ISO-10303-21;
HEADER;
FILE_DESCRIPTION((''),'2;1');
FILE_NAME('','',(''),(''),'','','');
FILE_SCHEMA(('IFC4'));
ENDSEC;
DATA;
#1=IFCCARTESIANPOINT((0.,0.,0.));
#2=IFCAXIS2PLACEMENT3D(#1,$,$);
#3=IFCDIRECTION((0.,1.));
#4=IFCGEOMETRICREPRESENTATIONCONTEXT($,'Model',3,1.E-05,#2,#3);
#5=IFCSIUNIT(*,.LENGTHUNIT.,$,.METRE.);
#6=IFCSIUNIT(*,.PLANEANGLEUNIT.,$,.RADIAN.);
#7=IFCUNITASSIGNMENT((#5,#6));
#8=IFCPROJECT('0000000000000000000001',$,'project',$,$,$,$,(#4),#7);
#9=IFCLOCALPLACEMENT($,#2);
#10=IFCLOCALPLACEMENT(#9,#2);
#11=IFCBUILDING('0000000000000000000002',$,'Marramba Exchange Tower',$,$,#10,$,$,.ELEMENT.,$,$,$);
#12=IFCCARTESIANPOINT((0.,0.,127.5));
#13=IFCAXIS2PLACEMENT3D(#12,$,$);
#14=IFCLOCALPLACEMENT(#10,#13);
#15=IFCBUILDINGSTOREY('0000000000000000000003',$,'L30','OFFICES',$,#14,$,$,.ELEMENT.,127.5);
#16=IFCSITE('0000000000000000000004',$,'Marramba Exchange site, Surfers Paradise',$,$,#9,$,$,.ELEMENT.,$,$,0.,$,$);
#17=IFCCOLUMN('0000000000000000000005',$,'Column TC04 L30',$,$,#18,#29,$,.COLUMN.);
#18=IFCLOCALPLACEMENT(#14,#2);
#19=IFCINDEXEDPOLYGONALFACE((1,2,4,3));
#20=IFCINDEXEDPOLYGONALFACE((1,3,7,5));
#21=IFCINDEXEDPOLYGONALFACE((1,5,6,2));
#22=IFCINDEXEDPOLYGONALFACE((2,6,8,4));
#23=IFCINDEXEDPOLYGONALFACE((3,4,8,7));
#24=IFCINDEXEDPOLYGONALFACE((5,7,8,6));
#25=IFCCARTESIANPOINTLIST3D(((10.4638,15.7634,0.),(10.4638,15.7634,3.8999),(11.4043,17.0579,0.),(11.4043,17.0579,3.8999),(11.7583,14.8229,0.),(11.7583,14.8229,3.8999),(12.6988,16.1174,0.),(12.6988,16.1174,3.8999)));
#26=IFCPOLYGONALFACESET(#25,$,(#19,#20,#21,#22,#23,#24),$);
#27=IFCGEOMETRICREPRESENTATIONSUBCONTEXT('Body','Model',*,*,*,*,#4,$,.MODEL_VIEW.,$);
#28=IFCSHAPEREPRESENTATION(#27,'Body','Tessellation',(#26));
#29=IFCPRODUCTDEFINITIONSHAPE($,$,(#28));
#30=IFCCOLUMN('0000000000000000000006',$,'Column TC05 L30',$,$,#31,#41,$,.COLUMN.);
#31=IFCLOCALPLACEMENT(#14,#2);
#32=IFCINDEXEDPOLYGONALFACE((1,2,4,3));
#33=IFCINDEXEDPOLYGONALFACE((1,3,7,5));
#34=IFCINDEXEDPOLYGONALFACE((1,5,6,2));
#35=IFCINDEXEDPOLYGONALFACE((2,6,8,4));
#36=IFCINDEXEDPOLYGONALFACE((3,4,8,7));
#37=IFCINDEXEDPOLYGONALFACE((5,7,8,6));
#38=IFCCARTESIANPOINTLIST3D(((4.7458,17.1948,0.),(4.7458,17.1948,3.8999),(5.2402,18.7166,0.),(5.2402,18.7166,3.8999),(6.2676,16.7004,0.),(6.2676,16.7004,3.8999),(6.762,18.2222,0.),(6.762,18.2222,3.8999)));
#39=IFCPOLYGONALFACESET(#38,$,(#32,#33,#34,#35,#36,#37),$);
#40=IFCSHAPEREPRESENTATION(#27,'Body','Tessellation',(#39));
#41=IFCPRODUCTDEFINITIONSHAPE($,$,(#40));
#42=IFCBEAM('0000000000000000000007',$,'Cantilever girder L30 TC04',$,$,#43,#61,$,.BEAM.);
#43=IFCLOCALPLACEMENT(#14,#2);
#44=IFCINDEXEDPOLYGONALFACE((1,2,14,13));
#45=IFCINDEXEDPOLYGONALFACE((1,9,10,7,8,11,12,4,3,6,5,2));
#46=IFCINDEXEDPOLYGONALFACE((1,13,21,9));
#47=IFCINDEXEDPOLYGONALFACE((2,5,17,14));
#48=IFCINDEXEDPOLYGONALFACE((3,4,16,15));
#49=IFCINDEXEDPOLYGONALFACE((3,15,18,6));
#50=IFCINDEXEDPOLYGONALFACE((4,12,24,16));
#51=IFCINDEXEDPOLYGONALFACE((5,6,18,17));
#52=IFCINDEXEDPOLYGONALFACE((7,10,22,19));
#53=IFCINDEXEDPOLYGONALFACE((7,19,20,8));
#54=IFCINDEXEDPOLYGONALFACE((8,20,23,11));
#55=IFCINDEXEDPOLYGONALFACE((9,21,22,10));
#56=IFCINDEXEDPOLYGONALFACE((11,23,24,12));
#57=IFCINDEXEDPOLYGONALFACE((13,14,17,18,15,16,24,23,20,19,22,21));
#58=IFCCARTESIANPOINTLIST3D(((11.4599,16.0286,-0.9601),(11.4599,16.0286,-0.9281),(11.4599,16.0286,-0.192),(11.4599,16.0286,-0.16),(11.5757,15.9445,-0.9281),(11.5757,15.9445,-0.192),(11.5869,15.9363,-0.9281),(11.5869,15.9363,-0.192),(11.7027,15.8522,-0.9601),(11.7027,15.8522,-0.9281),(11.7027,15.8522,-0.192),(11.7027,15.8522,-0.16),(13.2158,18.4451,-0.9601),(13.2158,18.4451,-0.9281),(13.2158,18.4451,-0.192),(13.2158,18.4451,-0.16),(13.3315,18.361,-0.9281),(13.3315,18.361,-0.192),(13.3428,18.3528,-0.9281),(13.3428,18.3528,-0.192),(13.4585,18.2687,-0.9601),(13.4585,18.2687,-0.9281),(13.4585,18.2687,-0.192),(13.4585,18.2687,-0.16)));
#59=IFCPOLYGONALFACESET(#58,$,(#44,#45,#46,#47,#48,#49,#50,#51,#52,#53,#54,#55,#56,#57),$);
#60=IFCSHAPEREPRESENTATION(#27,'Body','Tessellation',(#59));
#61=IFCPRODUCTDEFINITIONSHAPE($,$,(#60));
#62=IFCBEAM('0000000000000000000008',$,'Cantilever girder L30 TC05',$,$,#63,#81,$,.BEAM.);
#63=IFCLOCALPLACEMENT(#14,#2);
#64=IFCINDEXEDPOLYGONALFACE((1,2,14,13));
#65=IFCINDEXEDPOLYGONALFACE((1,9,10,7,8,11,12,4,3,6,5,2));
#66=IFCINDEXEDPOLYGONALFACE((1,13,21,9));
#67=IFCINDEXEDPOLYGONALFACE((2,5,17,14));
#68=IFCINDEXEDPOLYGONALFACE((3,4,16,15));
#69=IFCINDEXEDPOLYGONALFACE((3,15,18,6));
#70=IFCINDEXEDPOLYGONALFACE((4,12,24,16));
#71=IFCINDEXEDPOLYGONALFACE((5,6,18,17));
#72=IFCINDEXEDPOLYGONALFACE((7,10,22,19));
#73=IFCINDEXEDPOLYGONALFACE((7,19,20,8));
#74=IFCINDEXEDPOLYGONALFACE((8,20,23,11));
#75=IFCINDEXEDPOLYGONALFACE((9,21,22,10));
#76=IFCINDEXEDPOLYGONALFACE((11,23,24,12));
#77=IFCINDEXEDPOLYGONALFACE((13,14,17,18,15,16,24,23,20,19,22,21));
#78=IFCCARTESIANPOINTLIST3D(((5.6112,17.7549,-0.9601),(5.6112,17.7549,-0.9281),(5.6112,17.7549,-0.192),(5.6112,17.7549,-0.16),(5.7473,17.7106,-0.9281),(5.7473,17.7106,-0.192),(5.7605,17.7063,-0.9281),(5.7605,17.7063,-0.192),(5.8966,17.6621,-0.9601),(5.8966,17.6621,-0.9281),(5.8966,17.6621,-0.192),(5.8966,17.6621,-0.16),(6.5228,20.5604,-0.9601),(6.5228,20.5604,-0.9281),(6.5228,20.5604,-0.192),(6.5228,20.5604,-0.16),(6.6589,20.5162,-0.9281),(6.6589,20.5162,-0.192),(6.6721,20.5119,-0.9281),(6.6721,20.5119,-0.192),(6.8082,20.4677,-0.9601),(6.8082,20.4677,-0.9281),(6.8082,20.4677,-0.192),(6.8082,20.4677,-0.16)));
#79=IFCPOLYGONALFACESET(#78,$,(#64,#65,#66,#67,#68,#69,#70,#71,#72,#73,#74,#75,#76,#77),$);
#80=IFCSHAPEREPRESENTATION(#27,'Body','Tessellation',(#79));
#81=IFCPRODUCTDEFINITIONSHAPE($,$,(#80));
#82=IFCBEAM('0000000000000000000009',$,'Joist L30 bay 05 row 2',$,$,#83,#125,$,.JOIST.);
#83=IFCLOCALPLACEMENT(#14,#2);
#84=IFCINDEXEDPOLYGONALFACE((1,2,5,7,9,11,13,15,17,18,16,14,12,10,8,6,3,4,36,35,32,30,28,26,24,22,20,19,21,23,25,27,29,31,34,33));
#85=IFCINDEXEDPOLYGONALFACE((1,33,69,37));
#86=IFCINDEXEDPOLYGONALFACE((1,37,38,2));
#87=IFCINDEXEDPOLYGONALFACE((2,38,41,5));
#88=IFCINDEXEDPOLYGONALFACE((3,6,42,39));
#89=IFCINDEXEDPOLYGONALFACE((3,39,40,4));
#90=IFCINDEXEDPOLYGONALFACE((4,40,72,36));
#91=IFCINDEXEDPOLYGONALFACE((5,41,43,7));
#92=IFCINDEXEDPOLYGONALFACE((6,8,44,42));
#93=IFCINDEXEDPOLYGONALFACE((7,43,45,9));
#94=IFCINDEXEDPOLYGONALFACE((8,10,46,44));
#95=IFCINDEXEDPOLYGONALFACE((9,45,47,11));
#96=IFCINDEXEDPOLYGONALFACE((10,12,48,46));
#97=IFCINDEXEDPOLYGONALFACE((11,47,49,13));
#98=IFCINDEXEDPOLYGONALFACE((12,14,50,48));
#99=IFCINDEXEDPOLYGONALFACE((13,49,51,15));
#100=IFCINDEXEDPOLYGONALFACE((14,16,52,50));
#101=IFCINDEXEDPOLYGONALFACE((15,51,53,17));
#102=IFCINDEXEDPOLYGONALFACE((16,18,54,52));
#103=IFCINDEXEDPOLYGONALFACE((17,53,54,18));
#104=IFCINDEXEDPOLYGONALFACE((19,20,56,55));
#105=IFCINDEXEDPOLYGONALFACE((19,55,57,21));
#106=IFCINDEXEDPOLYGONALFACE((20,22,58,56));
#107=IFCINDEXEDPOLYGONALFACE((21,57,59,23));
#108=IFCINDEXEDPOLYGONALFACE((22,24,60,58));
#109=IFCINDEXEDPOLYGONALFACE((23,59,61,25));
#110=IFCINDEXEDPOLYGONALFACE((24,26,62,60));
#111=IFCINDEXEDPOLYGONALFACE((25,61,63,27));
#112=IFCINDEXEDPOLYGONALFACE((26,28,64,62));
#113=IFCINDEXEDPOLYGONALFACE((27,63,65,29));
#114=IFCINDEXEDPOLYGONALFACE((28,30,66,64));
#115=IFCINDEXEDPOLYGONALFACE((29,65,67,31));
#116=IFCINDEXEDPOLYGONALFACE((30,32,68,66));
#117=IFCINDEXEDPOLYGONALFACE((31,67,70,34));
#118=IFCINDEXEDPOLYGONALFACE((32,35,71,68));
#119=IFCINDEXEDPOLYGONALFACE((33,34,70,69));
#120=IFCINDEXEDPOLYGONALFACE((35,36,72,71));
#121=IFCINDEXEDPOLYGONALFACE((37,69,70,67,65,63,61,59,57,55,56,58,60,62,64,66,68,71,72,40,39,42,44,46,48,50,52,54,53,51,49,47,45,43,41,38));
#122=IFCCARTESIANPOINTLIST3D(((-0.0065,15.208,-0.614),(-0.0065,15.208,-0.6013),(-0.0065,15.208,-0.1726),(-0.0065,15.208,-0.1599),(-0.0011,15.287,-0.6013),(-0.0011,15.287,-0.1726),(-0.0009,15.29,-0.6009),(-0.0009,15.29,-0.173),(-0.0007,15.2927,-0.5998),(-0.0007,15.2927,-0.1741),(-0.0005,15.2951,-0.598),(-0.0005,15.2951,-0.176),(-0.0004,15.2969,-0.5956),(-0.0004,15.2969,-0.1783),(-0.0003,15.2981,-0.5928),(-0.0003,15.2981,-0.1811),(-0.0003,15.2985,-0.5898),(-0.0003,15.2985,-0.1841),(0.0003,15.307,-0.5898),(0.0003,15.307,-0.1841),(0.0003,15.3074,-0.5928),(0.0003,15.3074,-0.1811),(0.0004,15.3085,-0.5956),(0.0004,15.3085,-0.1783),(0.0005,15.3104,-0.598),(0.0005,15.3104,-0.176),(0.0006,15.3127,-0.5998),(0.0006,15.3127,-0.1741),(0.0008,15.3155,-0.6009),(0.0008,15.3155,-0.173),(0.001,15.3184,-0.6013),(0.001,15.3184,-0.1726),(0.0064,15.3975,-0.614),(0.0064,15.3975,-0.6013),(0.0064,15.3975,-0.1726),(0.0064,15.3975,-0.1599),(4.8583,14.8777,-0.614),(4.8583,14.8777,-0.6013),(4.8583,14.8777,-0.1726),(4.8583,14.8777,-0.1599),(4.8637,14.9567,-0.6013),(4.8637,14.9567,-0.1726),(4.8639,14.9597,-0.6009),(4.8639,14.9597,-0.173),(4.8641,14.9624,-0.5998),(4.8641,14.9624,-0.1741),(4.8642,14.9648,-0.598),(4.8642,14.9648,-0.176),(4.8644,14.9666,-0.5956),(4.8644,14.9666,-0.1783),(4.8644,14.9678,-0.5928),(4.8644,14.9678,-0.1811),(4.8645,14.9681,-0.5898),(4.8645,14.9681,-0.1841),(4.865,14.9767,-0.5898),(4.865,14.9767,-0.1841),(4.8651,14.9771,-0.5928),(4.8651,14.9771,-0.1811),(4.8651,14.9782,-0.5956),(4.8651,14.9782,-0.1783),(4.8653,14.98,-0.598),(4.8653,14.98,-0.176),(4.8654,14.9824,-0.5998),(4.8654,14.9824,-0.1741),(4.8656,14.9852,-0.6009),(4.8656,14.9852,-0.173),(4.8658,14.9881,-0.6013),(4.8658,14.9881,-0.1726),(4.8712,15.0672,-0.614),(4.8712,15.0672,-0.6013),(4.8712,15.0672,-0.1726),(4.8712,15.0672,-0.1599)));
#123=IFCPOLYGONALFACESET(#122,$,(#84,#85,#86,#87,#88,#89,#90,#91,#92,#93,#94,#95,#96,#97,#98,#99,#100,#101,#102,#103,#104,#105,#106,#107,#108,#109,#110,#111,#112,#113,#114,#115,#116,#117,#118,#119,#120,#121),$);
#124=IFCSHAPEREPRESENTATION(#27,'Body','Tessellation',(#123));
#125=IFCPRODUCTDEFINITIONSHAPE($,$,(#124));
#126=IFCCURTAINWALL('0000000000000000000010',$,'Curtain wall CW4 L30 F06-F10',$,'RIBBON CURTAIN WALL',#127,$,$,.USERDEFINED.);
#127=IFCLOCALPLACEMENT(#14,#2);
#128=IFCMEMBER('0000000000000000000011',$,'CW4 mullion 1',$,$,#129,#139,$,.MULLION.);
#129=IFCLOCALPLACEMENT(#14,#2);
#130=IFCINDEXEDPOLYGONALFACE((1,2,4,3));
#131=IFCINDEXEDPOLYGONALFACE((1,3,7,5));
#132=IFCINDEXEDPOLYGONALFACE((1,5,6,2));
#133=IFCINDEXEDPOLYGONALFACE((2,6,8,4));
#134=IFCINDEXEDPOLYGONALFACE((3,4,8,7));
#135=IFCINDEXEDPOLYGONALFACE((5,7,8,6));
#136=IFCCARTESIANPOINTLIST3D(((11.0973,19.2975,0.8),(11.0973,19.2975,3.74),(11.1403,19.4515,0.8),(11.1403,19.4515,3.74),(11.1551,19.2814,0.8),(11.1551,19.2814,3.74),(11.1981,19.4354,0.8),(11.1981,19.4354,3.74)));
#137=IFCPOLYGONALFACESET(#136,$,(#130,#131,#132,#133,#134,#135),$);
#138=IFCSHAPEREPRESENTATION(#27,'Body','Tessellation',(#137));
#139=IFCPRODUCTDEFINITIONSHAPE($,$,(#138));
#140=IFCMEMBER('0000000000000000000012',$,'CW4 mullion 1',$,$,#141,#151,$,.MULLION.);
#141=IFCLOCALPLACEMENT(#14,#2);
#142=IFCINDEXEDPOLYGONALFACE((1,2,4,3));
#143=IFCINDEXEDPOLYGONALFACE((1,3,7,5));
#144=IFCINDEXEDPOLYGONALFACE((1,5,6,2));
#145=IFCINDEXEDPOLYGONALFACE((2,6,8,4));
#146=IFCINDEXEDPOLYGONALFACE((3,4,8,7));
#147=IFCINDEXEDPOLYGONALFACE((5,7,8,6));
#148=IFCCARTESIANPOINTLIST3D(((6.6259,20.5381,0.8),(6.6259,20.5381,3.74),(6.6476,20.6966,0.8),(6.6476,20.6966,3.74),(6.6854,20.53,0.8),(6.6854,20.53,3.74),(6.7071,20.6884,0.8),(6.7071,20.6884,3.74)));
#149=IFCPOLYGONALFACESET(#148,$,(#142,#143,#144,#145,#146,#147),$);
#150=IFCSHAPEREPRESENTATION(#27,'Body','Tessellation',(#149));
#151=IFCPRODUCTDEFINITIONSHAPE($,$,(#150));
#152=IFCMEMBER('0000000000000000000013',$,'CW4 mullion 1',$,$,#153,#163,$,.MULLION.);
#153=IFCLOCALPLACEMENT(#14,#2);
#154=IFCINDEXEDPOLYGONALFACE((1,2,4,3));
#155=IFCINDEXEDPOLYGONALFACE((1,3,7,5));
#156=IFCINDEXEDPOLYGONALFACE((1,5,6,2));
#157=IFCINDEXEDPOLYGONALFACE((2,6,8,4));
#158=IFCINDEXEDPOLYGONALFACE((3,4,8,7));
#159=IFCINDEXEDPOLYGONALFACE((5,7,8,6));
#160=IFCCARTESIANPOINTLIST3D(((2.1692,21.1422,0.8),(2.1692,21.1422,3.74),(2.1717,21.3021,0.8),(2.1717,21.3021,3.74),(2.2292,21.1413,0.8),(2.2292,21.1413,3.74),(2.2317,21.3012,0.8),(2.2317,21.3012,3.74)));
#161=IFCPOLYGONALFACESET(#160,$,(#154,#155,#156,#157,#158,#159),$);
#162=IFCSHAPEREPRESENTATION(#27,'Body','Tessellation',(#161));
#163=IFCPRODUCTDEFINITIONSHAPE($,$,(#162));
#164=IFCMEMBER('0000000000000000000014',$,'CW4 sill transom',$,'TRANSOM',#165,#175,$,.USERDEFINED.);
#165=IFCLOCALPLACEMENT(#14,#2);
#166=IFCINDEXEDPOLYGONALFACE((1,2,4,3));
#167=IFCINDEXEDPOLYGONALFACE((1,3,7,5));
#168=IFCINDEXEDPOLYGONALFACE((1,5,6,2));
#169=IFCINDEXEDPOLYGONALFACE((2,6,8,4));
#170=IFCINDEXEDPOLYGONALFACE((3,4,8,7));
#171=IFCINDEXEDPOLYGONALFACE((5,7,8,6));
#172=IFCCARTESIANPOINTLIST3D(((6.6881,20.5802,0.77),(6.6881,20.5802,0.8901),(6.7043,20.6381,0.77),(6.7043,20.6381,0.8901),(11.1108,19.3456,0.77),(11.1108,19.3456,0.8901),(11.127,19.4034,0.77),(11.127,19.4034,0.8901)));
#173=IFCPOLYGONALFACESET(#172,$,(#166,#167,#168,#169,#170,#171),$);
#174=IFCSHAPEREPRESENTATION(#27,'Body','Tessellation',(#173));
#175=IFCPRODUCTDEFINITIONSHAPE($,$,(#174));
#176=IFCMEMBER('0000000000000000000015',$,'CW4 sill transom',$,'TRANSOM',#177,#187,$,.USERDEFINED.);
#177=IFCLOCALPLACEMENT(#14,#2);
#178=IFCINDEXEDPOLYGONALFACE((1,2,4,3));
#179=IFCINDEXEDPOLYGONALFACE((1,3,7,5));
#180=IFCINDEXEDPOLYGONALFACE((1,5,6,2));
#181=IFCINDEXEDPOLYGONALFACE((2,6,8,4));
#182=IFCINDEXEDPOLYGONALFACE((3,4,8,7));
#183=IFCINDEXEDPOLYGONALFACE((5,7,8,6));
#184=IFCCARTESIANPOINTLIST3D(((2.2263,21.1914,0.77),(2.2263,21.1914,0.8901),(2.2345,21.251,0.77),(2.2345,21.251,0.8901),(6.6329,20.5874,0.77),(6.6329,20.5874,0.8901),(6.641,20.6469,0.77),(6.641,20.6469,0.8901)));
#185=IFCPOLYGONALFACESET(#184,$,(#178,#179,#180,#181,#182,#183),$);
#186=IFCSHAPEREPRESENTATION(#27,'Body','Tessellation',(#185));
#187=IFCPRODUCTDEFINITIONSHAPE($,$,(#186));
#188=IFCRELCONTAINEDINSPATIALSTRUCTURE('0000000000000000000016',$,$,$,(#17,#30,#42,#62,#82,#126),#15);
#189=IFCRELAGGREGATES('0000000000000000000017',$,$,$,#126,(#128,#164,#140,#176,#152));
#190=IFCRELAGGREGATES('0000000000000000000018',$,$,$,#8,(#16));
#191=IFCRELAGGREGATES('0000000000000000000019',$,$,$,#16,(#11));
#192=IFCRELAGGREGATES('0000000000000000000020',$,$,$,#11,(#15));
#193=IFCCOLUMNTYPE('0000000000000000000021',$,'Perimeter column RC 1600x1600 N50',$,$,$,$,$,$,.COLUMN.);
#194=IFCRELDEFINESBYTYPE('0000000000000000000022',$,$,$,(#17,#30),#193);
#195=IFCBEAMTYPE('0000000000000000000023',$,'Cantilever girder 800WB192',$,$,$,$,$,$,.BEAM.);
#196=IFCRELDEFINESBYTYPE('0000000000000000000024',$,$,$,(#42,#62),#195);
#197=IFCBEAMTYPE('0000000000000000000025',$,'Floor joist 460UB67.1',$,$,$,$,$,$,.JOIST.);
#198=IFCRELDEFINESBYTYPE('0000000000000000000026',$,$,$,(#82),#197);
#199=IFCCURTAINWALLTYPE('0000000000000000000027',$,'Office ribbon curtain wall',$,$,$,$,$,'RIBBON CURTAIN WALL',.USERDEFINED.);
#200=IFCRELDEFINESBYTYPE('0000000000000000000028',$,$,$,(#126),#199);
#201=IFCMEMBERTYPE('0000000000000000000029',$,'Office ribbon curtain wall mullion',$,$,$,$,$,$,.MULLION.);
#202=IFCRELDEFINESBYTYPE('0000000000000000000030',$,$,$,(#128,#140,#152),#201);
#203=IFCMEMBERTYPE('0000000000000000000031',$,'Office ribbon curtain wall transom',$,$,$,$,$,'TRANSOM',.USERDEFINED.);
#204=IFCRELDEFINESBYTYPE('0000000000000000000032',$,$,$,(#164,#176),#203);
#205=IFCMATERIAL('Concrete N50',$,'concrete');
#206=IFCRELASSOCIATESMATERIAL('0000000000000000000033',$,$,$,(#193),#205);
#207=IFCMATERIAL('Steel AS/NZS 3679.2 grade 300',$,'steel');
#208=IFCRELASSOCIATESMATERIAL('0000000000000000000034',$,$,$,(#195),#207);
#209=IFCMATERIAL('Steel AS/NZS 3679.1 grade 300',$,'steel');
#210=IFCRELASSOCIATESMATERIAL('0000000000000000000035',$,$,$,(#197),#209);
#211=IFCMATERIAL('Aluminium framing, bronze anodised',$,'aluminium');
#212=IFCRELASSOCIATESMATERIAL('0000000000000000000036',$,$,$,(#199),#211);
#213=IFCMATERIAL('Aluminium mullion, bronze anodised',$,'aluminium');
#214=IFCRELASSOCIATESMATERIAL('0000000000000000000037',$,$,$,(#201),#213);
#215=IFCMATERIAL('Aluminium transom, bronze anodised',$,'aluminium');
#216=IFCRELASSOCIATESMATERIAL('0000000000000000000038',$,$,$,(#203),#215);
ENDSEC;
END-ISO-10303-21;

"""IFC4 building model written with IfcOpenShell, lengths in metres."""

from ifc_helpers import new_model, si_unit, direction, frame, origin, origin_2d, place, context, subcontext, project, spatial, rectangle, i_section, extrude, material, material_profile, profile_set, type_object, element, aggregate, save


model = new_model("IFC4")

# Units and contexts
model_context = context("Model", 3, precision=1e-05, world=origin(), true_north=direction((0.0, 1.0)))
body_context = subcontext(model_context, "Body", "Model", "MODEL_VIEW")
ifc_project = project(units=[si_unit("LENGTHUNIT", "METRE"), si_unit("PLANEANGLEUNIT", "RADIAN")], contexts=[model_context])

# Site, building, storey
site_placement = place(None, origin())
site = spatial("IfcSite", under=ifc_project, at=site_placement, Name="Marramba Exchange site, Surfers Paradise", CompositionType="ELEMENT", RefElevation=0.0)
building_placement = place(site_placement, origin())
building = spatial("IfcBuilding", under=site, at=building_placement, Name="Marramba Exchange Tower", CompositionType="ELEMENT")
storey_placement = place(building_placement, frame((0.0, 0.0, 127.5)))
storey = spatial("IfcBuildingStorey", under=building, at=storey_placement, Name="L30", Description="OFFICES", CompositionType="ELEMENT", Elevation=127.5)

# Columns
ifc_material_1 = material(Name="Concrete N50", Category="concrete")
ifc_material_profile_1 = material_profile(ifc_material_1, rectangle(XDim=1.6001, YDim=1.6001, at=origin_2d()), Name="RC 1600x1600")
ifc_profile_set_1 = profile_set([ifc_material_profile_1], Name="Concrete N50")
column_type = type_object("IfcColumnType", Name="Perimeter column RC 1600x1600 N50", PredefinedType="COLUMN", material=ifc_profile_set_1)
for number, where, z_axis, x_axis, name in (
    (1, (11.5813, 15.9404, 0.0), (0.0, 0.0, 1.0), (0.587785, 0.809017, 0.0), "Column TC04 L30"),
    (2, (5.7539, 17.7085, 0.0), (0.0, 0.0, 1.0), (0.309017, 0.951057, 0.0), "Column TC05 L30"),
):
    element("IfcColumn", number, at=place(storey_placement, frame(where, z_axis=z_axis, x_axis=x_axis)), inside=storey, type_object=column_type, Name=name, PredefinedType="COLUMN", context=body_context, shape_type="SweptSolid", body=[
        extrude(rectangle(XDim=1.6001, YDim=1.6001, at=origin_2d()), origin(), (0.0, 0.0, 1.0), 3.8999),
    ])

# Beams
ifc_material_2 = material(Name="Steel AS/NZS 3679.2 grade 300", Category="steel")
ifc_material_profile_2 = material_profile(ifc_material_2, i_section(OverallWidth=0.3, OverallDepth=0.8, WebThickness=0.0139, FlangeThickness=0.032, at=origin_2d()), Name="800WB192")
ifc_profile_set_2 = profile_set([ifc_material_profile_2], Name="Steel AS/NZS 3679.2 grade 300")
beam_type_1 = type_object("IfcBeamType", Name="Cantilever girder 800WB192", PredefinedType="BEAM", material=ifc_profile_set_2)
beam_1_placement = place(storey_placement, frame((11.5813, 15.9404, -0.5601), z_axis=(0.587822, 0.80899, 0.0), x_axis=(-0.80899, 0.587822, 0.0)))
element("IfcBeam", 3, at=beam_1_placement, inside=storey, type_object=beam_type_1, Name="Cantilever girder L30 TC04", PredefinedType="BEAM", context=body_context, shape_type="SweptSolid", body=[
    extrude(i_section(OverallWidth=0.3, OverallDepth=0.8, WebThickness=0.0139, FlangeThickness=0.032, at=origin_2d()), origin(), (0.0, 0.0, 1.0), 2.9871),
])
beam_2_placement = place(storey_placement, frame((5.7539, 17.7085, -0.5601), z_axis=(0.309019, 0.951056, 0.0), x_axis=(-0.951056, 0.309019, 0.0)))
element("IfcBeam", 4, at=beam_2_placement, inside=storey, type_object=beam_type_1, Name="Cantilever girder L30 TC05", PredefinedType="BEAM", context=body_context, shape_type="SweptSolid", body=[
    extrude(i_section(OverallWidth=0.3, OverallDepth=0.8, WebThickness=0.0139, FlangeThickness=0.032, at=origin_2d()), origin(), (0.0, 0.0, 1.0), 2.95),
])
ifc_material_3 = material(Name="Steel AS/NZS 3679.1 grade 300", Category="steel")
ifc_material_profile_3 = material_profile(ifc_material_3, i_section(OverallWidth=0.1899, OverallDepth=0.4541, WebThickness=0.0085, FlangeThickness=0.0127, FilletRadius=0.0115, at=origin_2d()), Name="460UB67.1")
ifc_profile_set_3 = profile_set([ifc_material_profile_3], Name="Steel AS/NZS 3679.1 grade 300")
beam_type_2 = type_object("IfcBeamType", Name="Floor joist 460UB67.1", PredefinedType="JOIST", material=ifc_profile_set_3)
beam_3_placement = place(storey_placement, frame((4.8647, 14.9724, -0.387), z_axis=(-0.997703, 0.067745, 0.0), x_axis=(-0.067745, -0.997703, 0.0)))
element("IfcBeam", 5, at=beam_3_placement, inside=storey, type_object=beam_type_2, Name="Joist L30 bay 05 row 2", PredefinedType="JOIST", context=body_context, shape_type="SweptSolid", body=[
    extrude(i_section(OverallWidth=0.1899, OverallDepth=0.4541, WebThickness=0.0085, FlangeThickness=0.0127, FilletRadius=0.0115, at=origin_2d()), origin(), (0.0, 0.0, 1.0), 4.876),
])

# Curtain wall, members
ifc_material_4 = material(Name="Aluminium framing, bronze anodised", Category="aluminium")
curtain_wall_type = type_object("IfcCurtainWallType", Name="Office ribbon curtain wall", ElementType="RIBBON CURTAIN WALL", PredefinedType="USERDEFINED", material=ifc_material_4)
curtain_wall_1_placement = place(storey_placement, origin())
curtain_wall_1 = element("IfcCurtainWall", 6, at=curtain_wall_1_placement, inside=storey, type_object=curtain_wall_type, Name="Curtain wall CW4 L30 F06-F10", ObjectType="RIBBON CURTAIN WALL", PredefinedType="USERDEFINED")
ifc_material_5 = material(Name="Aluminium mullion, bronze anodised", Category="aluminium")
ifc_material_profile_4 = material_profile(ifc_material_5, rectangle(XDim=0.1599, YDim=0.0601, at=origin_2d()), Name="CW4 mullion 60x160")
ifc_profile_set_4 = profile_set([ifc_material_profile_4], Name="Aluminium mullion, bronze anodised")
member_type_1 = type_object("IfcMemberType", Name="Office ribbon curtain wall mullion", PredefinedType="MULLION", material=ifc_profile_set_4)
member_1_placement = place(storey_placement, frame((11.1477, 19.3665, 0.8), z_axis=(0.0, 0.0, 1.0), x_axis=(-0.268865, -0.963178, 0.0)))
member_1 = element("IfcMember", 7, at=member_1_placement, type_object=member_type_1, Name="CW4 mullion 1", PredefinedType="MULLION", context=body_context, shape_type="SweptSolid", body=[
    extrude(rectangle(XDim=0.1599, YDim=0.0601, at=origin_2d()), origin(), (0.0, 0.0, 1.0), 2.9399),
])
member_2_placement = place(storey_placement, frame((6.6665, 20.6133, 0.8), z_axis=(0.0, 0.0, 1.0), x_axis=(-0.135786, -0.990738, 0.0)))
member_2 = element("IfcMember", 8, at=member_2_placement, type_object=member_type_1, Name="CW4 mullion 1", PredefinedType="MULLION", context=body_context, shape_type="SweptSolid", body=[
    extrude(rectangle(XDim=0.1599, YDim=0.0601, at=origin_2d()), origin(), (0.0, 0.0, 1.0), 2.9399),
])
member_3_placement = place(storey_placement, frame((2.2004, 21.2217, 0.8), z_axis=(0.0, 0.0, 1.0), x_axis=(-0.015756, -0.999876, 0.0)))
member_3 = element("IfcMember", 9, at=member_3_placement, type_object=member_type_1, Name="CW4 mullion 1", PredefinedType="MULLION", context=body_context, shape_type="SweptSolid", body=[
    extrude(rectangle(XDim=0.1599, YDim=0.0601, at=origin_2d()), origin(), (0.0, 0.0, 1.0), 2.9399),
])
ifc_material_6 = material(Name="Aluminium transom, bronze anodised", Category="aluminium")
ifc_material_profile_5 = material_profile(ifc_material_6, rectangle(XDim=0.0601, YDim=0.1201, at=origin_2d()), Name="CW4 transom 60x120")
ifc_profile_set_5 = profile_set([ifc_material_profile_5], Name="Aluminium transom, bronze anodised")
member_type_2 = type_object("IfcMemberType", Name="Office ribbon curtain wall transom", ElementType="TRANSOM", PredefinedType="USERDEFINED", material=ifc_profile_set_5)
member_4_placement = place(storey_placement, frame((11.1189, 19.3745, 0.8301), z_axis=(-0.963174, 0.26888, 0.0), x_axis=(-0.26888, -0.963174, 0.0)))
member_4 = element("IfcMember", 10, at=member_4_placement, type_object=member_type_2, Name="CW4 sill transom", ObjectType="TRANSOM", PredefinedType="USERDEFINED", context=body_context, shape_type="SweptSolid", body=[
    extrude(rectangle(XDim=0.0601, YDim=0.1201, at=origin_2d()), origin(), (0.0, 0.0, 1.0), 4.5918),
])
member_5_placement = place(storey_placement, frame((6.637, 20.6172, 0.8301), z_axis=(-0.990736, 0.135801, 0.0), x_axis=(-0.135801, -0.990736, 0.0)))
member_5 = element("IfcMember", 11, at=member_5_placement, type_object=member_type_2, Name="CW4 sill transom", ObjectType="TRANSOM", PredefinedType="USERDEFINED", context=body_context, shape_type="SweptSolid", body=[
    extrude(rectangle(XDim=0.0601, YDim=0.1201, at=origin_2d()), origin(), (0.0, 0.0, 1.0), 4.4478),
])

aggregate(curtain_wall_1, [member_1, member_4, member_2, member_5, member_3])

save(model, "model.ifc")
